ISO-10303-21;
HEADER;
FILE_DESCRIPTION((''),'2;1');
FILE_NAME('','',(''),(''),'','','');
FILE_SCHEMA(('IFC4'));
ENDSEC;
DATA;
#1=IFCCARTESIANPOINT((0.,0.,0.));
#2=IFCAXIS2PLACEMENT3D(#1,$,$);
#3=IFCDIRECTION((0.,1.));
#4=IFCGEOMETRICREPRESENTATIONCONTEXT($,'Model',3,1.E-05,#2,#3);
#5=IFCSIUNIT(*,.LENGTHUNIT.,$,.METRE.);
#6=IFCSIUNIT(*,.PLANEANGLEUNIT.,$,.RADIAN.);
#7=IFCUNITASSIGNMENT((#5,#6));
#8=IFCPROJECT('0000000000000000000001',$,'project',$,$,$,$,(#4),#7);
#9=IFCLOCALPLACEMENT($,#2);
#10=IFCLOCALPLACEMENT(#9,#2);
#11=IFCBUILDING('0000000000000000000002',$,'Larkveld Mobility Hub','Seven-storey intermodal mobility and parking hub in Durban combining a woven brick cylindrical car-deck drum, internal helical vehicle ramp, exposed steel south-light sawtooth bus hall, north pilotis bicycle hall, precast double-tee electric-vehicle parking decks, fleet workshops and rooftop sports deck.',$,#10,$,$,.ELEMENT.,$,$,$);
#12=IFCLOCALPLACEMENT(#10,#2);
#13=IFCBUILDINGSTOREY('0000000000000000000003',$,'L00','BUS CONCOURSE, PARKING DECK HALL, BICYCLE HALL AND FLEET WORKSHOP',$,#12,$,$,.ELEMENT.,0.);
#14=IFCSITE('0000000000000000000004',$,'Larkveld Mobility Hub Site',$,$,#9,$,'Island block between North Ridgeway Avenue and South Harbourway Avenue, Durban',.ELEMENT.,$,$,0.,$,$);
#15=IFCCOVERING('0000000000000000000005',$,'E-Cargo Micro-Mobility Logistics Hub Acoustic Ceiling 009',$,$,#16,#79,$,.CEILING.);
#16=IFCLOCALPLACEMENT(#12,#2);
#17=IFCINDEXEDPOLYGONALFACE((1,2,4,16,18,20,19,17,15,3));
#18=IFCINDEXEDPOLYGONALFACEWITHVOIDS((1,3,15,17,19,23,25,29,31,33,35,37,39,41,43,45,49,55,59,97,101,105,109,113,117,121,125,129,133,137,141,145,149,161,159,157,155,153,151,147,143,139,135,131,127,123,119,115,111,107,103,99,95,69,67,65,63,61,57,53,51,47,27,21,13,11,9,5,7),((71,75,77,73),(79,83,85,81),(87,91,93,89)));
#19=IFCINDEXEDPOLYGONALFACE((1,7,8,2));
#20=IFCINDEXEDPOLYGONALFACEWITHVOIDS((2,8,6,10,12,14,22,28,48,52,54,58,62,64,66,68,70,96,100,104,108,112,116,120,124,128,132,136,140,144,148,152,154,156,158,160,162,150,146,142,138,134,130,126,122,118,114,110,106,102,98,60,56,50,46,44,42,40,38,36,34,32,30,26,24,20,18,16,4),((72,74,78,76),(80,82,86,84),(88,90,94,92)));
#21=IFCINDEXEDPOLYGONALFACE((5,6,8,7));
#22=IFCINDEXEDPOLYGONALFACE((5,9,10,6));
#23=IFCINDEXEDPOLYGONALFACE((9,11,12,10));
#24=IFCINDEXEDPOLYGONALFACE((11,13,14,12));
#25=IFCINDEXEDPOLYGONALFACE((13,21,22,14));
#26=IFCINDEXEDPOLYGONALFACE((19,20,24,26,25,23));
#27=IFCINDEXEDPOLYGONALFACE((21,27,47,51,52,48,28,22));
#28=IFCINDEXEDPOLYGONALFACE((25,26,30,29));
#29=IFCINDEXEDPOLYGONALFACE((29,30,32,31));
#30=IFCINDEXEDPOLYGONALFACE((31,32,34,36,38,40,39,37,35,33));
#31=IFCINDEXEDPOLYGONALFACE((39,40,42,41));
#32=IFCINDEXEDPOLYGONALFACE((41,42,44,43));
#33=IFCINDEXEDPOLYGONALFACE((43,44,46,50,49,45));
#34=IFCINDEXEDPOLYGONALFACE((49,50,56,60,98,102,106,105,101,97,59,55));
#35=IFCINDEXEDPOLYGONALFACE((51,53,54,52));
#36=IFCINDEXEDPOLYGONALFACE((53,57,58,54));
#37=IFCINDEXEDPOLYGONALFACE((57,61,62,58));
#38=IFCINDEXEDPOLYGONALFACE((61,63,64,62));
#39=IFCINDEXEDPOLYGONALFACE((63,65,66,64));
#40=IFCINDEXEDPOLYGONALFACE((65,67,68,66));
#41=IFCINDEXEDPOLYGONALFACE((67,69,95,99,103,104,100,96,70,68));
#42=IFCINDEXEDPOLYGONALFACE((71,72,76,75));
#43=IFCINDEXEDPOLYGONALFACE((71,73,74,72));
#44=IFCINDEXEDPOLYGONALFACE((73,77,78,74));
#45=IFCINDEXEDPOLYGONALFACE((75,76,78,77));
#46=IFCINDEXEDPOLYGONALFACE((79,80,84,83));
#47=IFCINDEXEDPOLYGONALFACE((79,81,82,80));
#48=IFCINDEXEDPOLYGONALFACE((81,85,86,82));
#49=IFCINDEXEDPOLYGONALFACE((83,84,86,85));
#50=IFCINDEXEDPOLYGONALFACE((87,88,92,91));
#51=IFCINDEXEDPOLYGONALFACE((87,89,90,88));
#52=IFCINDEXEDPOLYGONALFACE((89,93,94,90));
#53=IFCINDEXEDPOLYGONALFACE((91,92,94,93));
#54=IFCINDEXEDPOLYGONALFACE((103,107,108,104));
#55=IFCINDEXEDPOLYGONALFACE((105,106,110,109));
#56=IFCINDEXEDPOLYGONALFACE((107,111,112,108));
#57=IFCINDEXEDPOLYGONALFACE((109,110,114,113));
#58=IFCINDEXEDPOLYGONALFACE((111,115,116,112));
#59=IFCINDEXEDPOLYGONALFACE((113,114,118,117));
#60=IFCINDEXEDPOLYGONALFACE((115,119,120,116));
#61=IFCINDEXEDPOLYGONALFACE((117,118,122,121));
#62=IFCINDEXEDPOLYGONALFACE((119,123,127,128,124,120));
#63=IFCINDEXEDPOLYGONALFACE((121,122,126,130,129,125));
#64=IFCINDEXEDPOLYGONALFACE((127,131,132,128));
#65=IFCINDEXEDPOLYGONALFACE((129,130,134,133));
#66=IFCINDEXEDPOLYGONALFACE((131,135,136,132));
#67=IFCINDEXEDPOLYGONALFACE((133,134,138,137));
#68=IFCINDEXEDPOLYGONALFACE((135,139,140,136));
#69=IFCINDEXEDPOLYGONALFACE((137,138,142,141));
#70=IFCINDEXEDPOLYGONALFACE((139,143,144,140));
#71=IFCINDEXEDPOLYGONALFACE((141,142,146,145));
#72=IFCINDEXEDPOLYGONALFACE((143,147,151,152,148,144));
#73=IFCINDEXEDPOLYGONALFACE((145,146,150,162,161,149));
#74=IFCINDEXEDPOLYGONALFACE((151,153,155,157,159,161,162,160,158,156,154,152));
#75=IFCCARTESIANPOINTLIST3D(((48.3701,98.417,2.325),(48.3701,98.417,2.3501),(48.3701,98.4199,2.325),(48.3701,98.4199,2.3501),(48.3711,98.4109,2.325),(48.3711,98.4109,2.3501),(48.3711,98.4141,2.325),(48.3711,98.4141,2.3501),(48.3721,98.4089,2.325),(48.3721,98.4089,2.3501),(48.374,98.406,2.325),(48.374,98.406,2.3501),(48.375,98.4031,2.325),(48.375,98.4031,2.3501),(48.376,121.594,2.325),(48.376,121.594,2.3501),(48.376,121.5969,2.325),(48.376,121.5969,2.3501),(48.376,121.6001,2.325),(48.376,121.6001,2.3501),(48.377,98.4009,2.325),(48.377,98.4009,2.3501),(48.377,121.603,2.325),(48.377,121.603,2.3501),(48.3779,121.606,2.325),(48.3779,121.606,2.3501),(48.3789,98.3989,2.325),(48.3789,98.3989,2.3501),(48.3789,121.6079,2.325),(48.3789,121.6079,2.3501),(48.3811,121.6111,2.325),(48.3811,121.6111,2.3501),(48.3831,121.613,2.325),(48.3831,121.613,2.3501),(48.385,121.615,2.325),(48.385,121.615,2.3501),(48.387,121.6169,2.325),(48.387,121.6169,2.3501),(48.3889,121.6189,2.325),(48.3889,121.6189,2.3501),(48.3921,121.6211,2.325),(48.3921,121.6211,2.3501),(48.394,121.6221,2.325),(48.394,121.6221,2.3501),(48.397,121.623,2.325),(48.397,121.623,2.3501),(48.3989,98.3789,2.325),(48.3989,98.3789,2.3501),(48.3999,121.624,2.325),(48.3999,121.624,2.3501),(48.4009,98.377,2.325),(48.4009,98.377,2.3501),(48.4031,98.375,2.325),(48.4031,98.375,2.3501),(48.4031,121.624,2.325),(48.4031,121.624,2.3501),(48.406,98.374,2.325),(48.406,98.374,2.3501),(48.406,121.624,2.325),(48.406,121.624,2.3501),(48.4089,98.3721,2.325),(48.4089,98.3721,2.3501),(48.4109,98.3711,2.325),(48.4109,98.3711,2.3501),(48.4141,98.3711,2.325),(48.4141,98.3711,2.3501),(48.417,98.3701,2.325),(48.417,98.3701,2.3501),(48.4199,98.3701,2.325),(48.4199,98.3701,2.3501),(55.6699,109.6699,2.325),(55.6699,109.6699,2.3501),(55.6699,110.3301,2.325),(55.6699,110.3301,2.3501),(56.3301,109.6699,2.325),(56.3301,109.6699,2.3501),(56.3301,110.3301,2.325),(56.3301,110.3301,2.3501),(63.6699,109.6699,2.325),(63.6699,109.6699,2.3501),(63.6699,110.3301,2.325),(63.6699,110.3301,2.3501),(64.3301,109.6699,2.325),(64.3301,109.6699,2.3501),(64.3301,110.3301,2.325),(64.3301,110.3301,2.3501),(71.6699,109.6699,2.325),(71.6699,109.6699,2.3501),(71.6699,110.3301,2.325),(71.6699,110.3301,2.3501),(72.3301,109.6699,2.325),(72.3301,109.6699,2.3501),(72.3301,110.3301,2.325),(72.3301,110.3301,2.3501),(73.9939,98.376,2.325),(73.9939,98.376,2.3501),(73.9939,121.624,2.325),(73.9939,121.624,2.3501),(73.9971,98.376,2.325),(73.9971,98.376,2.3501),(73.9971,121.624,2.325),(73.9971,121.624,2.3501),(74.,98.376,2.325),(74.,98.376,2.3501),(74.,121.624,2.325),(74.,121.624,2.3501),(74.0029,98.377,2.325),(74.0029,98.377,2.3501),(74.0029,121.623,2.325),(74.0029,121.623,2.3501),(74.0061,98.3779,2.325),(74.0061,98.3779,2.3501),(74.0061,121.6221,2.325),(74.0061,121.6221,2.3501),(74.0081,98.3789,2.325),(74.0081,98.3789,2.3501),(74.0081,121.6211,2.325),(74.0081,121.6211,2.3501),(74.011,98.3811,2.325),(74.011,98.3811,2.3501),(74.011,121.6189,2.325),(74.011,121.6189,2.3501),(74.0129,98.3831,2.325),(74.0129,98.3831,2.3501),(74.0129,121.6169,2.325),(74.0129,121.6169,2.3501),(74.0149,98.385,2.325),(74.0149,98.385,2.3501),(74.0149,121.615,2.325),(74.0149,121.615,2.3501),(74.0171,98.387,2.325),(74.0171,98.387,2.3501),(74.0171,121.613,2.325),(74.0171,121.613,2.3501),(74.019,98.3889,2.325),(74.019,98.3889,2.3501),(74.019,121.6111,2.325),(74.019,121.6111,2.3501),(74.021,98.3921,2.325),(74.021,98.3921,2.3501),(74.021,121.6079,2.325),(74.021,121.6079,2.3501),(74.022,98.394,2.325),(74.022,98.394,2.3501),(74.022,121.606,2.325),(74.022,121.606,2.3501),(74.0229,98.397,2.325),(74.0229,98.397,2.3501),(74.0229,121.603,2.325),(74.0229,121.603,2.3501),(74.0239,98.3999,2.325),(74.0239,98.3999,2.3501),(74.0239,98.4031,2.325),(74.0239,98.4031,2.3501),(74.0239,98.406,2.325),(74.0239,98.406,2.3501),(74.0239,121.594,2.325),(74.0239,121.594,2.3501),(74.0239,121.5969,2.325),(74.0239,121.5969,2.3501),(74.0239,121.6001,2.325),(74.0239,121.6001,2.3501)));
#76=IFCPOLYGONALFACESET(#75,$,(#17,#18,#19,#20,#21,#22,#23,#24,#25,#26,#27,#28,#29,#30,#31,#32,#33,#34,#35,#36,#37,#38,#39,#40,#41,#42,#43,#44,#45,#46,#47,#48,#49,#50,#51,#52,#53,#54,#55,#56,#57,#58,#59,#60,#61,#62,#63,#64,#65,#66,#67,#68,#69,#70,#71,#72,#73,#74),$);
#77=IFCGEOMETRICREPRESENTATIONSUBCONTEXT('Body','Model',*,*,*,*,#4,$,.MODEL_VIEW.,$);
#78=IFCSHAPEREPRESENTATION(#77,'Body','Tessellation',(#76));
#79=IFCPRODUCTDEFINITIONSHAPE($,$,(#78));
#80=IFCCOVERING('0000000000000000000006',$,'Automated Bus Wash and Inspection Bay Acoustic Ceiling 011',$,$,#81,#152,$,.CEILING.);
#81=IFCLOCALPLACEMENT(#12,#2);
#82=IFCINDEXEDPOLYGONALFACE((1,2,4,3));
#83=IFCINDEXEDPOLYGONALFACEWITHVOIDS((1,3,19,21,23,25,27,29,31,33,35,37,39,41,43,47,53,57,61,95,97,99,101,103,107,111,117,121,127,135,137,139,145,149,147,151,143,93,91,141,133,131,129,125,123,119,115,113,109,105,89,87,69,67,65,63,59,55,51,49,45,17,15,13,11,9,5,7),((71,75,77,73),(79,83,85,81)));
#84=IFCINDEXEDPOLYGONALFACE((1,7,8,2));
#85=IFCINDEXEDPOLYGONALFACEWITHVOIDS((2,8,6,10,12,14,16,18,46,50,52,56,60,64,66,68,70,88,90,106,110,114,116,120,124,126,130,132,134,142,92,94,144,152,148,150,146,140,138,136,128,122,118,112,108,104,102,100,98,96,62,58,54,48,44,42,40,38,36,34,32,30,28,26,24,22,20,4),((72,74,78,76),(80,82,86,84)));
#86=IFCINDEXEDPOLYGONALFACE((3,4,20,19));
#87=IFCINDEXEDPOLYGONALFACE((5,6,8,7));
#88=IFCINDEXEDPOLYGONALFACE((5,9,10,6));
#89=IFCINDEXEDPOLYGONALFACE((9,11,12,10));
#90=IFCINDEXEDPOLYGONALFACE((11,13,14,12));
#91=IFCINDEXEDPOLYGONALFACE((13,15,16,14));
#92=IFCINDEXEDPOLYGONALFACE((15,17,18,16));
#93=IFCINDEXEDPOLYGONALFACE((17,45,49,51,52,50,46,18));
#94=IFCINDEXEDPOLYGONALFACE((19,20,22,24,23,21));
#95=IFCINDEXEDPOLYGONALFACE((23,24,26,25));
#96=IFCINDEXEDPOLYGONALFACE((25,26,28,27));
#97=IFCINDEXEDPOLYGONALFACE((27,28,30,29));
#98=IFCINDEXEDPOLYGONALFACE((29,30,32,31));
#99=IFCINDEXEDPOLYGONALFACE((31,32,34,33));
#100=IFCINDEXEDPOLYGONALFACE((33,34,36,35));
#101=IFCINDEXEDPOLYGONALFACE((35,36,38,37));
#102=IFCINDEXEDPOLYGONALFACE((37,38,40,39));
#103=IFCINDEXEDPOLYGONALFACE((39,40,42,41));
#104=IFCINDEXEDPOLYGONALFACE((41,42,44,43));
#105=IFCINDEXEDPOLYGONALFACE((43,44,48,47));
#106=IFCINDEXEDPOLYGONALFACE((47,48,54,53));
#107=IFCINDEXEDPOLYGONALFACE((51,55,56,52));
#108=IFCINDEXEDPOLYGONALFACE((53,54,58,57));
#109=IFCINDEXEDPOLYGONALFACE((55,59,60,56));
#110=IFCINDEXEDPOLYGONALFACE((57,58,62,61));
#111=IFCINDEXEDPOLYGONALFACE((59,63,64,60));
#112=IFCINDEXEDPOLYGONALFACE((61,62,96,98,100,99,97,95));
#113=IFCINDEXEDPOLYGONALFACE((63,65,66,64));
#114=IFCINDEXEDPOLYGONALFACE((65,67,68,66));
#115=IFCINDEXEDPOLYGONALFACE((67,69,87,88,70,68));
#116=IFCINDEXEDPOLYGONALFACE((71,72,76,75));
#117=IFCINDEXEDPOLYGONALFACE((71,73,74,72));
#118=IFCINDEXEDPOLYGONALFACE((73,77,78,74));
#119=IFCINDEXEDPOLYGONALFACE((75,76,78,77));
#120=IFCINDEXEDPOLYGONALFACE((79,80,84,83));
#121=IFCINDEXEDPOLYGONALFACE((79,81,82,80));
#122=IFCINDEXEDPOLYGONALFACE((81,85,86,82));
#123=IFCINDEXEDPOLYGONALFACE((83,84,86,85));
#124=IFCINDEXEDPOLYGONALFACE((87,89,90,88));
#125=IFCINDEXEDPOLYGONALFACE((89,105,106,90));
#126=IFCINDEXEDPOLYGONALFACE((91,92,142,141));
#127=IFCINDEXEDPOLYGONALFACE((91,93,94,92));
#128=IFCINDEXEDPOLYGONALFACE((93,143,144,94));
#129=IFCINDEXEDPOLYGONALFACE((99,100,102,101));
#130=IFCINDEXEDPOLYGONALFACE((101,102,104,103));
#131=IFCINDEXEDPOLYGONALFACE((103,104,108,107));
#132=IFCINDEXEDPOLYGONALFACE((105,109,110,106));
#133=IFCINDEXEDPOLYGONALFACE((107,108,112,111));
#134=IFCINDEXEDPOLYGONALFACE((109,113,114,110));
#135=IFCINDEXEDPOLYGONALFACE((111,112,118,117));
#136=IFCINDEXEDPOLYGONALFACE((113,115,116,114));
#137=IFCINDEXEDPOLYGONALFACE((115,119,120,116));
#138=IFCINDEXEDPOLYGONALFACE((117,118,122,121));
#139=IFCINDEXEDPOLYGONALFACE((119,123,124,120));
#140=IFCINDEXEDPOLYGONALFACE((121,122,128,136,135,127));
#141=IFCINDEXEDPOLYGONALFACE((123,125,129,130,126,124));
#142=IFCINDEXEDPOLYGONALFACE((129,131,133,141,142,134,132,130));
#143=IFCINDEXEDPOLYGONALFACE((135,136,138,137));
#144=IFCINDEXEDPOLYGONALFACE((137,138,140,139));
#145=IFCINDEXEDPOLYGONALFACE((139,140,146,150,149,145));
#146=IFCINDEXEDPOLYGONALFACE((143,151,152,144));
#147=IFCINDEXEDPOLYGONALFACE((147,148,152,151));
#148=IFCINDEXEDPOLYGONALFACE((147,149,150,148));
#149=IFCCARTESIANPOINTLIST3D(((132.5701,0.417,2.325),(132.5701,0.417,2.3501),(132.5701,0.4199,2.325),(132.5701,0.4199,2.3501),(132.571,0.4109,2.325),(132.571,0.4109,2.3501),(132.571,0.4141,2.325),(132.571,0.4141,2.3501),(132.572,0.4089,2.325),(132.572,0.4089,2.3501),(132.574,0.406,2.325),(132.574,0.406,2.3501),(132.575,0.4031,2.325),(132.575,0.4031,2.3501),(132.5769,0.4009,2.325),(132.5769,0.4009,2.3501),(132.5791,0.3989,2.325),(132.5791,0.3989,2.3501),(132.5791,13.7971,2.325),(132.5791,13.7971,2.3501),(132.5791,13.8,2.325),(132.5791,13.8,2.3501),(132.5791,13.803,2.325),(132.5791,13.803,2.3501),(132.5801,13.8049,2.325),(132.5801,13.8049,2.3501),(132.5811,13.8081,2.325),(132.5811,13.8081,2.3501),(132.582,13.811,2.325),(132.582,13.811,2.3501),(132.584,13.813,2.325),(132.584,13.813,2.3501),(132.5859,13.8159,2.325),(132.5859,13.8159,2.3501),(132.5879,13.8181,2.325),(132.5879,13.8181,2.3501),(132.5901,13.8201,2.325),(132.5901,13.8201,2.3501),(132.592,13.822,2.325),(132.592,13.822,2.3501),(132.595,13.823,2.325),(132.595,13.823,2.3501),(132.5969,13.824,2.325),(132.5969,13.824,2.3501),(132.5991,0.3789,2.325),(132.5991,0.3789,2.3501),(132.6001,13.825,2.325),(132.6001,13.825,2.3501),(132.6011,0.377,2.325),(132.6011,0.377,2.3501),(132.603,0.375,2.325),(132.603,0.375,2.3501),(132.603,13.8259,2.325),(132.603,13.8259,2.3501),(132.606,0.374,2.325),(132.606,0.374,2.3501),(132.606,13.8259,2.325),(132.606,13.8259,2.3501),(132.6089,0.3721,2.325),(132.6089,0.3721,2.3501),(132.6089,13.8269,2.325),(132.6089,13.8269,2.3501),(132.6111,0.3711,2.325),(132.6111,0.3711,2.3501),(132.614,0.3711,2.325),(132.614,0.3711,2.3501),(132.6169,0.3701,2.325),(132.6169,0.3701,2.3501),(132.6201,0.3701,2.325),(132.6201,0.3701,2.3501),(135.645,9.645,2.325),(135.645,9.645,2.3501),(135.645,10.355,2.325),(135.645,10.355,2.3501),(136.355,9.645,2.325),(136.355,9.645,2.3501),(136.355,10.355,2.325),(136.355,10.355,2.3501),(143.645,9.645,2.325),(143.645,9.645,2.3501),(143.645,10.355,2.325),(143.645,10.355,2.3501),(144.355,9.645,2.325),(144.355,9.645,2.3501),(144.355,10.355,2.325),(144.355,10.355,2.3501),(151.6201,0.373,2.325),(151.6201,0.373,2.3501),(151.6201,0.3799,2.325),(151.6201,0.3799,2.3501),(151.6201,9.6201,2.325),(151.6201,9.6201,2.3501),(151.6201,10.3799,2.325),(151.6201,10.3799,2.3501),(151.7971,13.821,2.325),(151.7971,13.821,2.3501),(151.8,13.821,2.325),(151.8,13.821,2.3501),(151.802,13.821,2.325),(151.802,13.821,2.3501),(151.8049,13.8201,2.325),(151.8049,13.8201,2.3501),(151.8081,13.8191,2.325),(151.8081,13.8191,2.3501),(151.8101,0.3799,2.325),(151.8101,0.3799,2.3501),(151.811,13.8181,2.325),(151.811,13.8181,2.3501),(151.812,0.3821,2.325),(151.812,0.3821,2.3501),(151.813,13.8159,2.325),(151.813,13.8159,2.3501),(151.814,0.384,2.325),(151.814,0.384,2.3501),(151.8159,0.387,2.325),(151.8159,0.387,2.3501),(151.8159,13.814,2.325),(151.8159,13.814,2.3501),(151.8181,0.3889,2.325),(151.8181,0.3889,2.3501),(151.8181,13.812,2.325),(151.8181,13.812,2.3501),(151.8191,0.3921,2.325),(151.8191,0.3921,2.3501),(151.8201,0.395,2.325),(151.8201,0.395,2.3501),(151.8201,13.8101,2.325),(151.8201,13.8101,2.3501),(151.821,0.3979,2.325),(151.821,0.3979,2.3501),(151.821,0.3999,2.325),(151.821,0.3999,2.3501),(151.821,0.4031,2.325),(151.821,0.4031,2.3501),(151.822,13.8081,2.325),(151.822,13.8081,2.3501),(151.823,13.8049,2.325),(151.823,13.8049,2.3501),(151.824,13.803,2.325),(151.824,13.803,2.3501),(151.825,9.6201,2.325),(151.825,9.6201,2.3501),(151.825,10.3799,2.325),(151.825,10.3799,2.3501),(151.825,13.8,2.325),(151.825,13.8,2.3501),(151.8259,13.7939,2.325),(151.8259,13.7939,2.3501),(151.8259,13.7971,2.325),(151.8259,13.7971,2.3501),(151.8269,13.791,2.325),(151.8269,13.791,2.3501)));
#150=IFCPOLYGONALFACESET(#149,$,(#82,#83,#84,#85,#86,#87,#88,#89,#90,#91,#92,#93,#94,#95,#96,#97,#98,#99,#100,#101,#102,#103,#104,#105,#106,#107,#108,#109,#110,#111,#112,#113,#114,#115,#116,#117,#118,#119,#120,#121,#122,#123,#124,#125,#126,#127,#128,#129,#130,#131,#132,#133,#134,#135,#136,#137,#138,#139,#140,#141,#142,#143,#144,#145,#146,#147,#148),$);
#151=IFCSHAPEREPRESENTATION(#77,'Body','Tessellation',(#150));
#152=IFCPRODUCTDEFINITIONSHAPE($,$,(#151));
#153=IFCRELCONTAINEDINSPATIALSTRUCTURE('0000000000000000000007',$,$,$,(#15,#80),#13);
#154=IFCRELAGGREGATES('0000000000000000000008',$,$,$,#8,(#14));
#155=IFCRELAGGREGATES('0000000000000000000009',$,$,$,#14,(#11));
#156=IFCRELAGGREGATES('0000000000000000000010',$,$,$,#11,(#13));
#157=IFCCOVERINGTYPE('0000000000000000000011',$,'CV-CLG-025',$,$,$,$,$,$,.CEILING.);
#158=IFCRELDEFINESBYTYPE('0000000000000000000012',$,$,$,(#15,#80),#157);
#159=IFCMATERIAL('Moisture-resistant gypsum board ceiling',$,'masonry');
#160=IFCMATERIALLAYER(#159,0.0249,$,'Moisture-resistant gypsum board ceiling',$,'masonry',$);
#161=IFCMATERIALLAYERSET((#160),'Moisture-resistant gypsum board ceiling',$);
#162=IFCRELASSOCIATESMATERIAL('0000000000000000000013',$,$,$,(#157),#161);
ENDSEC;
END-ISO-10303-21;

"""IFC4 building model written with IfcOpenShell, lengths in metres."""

from ifc_helpers import new_model, si_unit, direction, frame, origin, place, context, subcontext, project, spatial, polyline, outline, extrude, material, layer, layer_set, type_object, element, save


model = new_model("IFC4")

# Units and contexts
model_context = context("Model", 3, precision=1e-05, world=origin(), true_north=direction((0.0, 1.0)))
body_context = subcontext(model_context, "Body", "Model", "MODEL_VIEW")
ifc_project = project(units=[si_unit("LENGTHUNIT", "METRE"), si_unit("PLANEANGLEUNIT", "RADIAN")], contexts=[model_context])

# Site, building, storey
site_placement = place(None, origin())
site = spatial("IfcSite", under=ifc_project, at=site_placement, Name="Larkveld Mobility Hub Site", LongName="Island block between North Ridgeway Avenue and South Harbourway Avenue, Durban", CompositionType="ELEMENT", RefElevation=0.0)
building_placement = place(site_placement, origin())
building = spatial("IfcBuilding", under=site, at=building_placement, Name="Larkveld Mobility Hub", Description="Seven-storey intermodal mobility and parking hub in Durban combining a woven brick cylindrical car-deck drum, internal helical vehicle ramp, exposed steel south-light sawtooth bus hall, north pilotis bicycle hall, precast double-tee electric-vehicle parking decks, fleet workshops and rooftop sports deck.", CompositionType="ELEMENT")
storey_placement = place(building_placement, origin())
storey = spatial("IfcBuildingStorey", under=building, at=storey_placement, Name="L00", Description="BUS CONCOURSE, PARKING DECK HALL, BICYCLE HALL AND FLEET WORKSHOP", CompositionType="ELEMENT", Elevation=0.0)

# Coverings
ifc_material_1 = material(Name="Moisture-resistant gypsum board ceiling", Category="masonry")
ifc_layer_1 = layer(ifc_material_1, 0.0249, Name="Moisture-resistant gypsum board ceiling", Category="masonry")
ifc_layer_set_1 = layer_set([ifc_layer_1], Name="Moisture-resistant gypsum board ceiling")
covering_type_1 = type_object("IfcCoveringType", Name="CV-CLG-025", PredefinedType="CEILING", material=ifc_layer_set_1)
covering_1_placement = place(storey_placement, frame((0.0, 0.0, 2.325)))
element("IfcCovering", 1, at=covering_1_placement, inside=storey, type_object=covering_type_1, Name="E-Cargo Micro-Mobility Logistics Hub Acoustic Ceiling 009", PredefinedType="CEILING", context=body_context, shape_type="SweptSolid", body=[
    extrude(outline(polyline([(48.417, 98.3701), (48.4141, 98.3711), (48.4109, 98.3711), (48.4089, 98.3721), (48.406, 98.374), (48.4031, 98.375), (48.4009, 98.377), (48.3989, 98.3789), (48.3789, 98.3989), (48.377, 98.4009), (48.375, 98.4031), (48.374, 98.406), (48.3721, 98.4089), (48.3711, 98.4109), (48.3711, 98.4141), (48.3701, 98.417), (48.3701, 98.4199), (48.376, 121.594), (48.376, 121.5969), (48.376, 121.6001), (48.377, 121.603), (48.3779, 121.606), (48.3789, 121.6079), (48.3811, 121.6111), (48.3831, 121.613), (48.385, 121.615), (48.387, 121.6169), (48.3889, 121.6189), (48.3921, 121.6211), (48.394, 121.6221), (48.397, 121.623), (48.3999, 121.624), (48.4031, 121.624), (48.406, 121.624), (73.9939, 121.624), (73.9971, 121.624), (74.0, 121.624), (74.0029, 121.623), (74.0061, 121.6221), (74.0081, 121.6211), (74.011, 121.6189), (74.0129, 121.6169), (74.0149, 121.615), (74.0171, 121.613), (74.019, 121.6111), (74.021, 121.6079), (74.022, 121.606), (74.0229, 121.603), (74.0239, 121.6001), (74.0239, 121.5969), (74.0239, 121.594), (74.0239, 98.406), (74.0239, 98.4031), (74.0239, 98.3999), (74.0229, 98.397), (74.022, 98.394), (74.021, 98.3921), (74.019, 98.3889), (74.0171, 98.387), (74.0149, 98.385), (74.0129, 98.3831), (74.011, 98.3811), (74.0081, 98.3789), (74.0061, 98.3779), (74.0029, 98.377), (74.0, 98.376), (73.9971, 98.376), (73.9939, 98.376), (48.4199, 98.3701), (48.417, 98.3701)]), holes=[polyline([(55.6699, 109.6699), (56.3301, 109.6699), (56.3301, 110.3301), (55.6699, 110.3301), (55.6699, 109.6699)]), polyline([(63.6699, 110.3301), (63.6699, 109.6699), (64.3301, 109.6699), (64.3301, 110.3301), (63.6699, 110.3301)]), polyline([(71.6699, 110.3301), (71.6699, 109.6699), (72.3301, 109.6699), (72.3301, 110.3301), (71.6699, 110.3301)])]), origin(), (0.0, 0.0, 1.0), 0.0251),
])
covering_2_placement = place(storey_placement, frame((0.0, 0.0, 2.325)))
element("IfcCovering", 2, at=covering_2_placement, inside=storey, type_object=covering_type_1, Name="Automated Bus Wash and Inspection Bay Acoustic Ceiling 011", PredefinedType="CEILING", context=body_context, shape_type="SweptSolid", body=[
    extrude(outline(polyline([(132.6169, 0.3701), (132.614, 0.3711), (132.6111, 0.3711), (132.6089, 0.3721), (132.606, 0.374), (132.603, 0.375), (132.6011, 0.377), (132.5991, 0.3789), (132.5791, 0.3989), (132.5769, 0.4009), (132.575, 0.4031), (132.574, 0.406), (132.572, 0.4089), (132.571, 0.4109), (132.571, 0.4141), (132.5701, 0.417), (132.5701, 0.4199), (132.5791, 13.7971), (132.5791, 13.8), (132.5791, 13.803), (132.5801, 13.8049), (132.5811, 13.8081), (132.582, 13.811), (132.584, 13.813), (132.5859, 13.8159), (132.5879, 13.8181), (132.5901, 13.8201), (132.592, 13.822), (132.595, 13.823), (132.5969, 13.824), (132.6001, 13.825), (132.603, 13.8259), (132.606, 13.8259), (132.6089, 13.8269), (151.7971, 13.821), (151.8, 13.821), (151.802, 13.821), (151.8049, 13.8201), (151.8081, 13.8191), (151.811, 13.8181), (151.813, 13.8159), (151.8159, 13.814), (151.8181, 13.812), (151.8201, 13.8101), (151.822, 13.8081), (151.823, 13.8049), (151.824, 13.803), (151.825, 13.8), (151.8259, 13.7971), (151.8259, 13.7939), (151.8269, 13.791), (151.825, 10.3799), (151.6201, 10.3799), (151.6201, 9.6201), (151.825, 9.6201), (151.821, 0.4031), (151.821, 0.3999), (151.821, 0.3979), (151.8201, 0.395), (151.8191, 0.3921), (151.8181, 0.3889), (151.8159, 0.387), (151.814, 0.384), (151.812, 0.3821), (151.8101, 0.3799), (151.8101, 0.3799), (151.6201, 0.3799), (151.6201, 0.373), (132.6201, 0.3701), (132.6169, 0.3701)]), holes=[polyline([(135.645, 10.355), (135.645, 9.645), (136.355, 9.645), (136.355, 10.355), (135.645, 10.355)]), polyline([(143.645, 10.355), (143.645, 9.645), (144.355, 9.645), (144.355, 10.355), (143.645, 10.355)])]), origin(), (0.0, 0.0, 1.0), 0.0251),
])

save(model, "model.ifc")
